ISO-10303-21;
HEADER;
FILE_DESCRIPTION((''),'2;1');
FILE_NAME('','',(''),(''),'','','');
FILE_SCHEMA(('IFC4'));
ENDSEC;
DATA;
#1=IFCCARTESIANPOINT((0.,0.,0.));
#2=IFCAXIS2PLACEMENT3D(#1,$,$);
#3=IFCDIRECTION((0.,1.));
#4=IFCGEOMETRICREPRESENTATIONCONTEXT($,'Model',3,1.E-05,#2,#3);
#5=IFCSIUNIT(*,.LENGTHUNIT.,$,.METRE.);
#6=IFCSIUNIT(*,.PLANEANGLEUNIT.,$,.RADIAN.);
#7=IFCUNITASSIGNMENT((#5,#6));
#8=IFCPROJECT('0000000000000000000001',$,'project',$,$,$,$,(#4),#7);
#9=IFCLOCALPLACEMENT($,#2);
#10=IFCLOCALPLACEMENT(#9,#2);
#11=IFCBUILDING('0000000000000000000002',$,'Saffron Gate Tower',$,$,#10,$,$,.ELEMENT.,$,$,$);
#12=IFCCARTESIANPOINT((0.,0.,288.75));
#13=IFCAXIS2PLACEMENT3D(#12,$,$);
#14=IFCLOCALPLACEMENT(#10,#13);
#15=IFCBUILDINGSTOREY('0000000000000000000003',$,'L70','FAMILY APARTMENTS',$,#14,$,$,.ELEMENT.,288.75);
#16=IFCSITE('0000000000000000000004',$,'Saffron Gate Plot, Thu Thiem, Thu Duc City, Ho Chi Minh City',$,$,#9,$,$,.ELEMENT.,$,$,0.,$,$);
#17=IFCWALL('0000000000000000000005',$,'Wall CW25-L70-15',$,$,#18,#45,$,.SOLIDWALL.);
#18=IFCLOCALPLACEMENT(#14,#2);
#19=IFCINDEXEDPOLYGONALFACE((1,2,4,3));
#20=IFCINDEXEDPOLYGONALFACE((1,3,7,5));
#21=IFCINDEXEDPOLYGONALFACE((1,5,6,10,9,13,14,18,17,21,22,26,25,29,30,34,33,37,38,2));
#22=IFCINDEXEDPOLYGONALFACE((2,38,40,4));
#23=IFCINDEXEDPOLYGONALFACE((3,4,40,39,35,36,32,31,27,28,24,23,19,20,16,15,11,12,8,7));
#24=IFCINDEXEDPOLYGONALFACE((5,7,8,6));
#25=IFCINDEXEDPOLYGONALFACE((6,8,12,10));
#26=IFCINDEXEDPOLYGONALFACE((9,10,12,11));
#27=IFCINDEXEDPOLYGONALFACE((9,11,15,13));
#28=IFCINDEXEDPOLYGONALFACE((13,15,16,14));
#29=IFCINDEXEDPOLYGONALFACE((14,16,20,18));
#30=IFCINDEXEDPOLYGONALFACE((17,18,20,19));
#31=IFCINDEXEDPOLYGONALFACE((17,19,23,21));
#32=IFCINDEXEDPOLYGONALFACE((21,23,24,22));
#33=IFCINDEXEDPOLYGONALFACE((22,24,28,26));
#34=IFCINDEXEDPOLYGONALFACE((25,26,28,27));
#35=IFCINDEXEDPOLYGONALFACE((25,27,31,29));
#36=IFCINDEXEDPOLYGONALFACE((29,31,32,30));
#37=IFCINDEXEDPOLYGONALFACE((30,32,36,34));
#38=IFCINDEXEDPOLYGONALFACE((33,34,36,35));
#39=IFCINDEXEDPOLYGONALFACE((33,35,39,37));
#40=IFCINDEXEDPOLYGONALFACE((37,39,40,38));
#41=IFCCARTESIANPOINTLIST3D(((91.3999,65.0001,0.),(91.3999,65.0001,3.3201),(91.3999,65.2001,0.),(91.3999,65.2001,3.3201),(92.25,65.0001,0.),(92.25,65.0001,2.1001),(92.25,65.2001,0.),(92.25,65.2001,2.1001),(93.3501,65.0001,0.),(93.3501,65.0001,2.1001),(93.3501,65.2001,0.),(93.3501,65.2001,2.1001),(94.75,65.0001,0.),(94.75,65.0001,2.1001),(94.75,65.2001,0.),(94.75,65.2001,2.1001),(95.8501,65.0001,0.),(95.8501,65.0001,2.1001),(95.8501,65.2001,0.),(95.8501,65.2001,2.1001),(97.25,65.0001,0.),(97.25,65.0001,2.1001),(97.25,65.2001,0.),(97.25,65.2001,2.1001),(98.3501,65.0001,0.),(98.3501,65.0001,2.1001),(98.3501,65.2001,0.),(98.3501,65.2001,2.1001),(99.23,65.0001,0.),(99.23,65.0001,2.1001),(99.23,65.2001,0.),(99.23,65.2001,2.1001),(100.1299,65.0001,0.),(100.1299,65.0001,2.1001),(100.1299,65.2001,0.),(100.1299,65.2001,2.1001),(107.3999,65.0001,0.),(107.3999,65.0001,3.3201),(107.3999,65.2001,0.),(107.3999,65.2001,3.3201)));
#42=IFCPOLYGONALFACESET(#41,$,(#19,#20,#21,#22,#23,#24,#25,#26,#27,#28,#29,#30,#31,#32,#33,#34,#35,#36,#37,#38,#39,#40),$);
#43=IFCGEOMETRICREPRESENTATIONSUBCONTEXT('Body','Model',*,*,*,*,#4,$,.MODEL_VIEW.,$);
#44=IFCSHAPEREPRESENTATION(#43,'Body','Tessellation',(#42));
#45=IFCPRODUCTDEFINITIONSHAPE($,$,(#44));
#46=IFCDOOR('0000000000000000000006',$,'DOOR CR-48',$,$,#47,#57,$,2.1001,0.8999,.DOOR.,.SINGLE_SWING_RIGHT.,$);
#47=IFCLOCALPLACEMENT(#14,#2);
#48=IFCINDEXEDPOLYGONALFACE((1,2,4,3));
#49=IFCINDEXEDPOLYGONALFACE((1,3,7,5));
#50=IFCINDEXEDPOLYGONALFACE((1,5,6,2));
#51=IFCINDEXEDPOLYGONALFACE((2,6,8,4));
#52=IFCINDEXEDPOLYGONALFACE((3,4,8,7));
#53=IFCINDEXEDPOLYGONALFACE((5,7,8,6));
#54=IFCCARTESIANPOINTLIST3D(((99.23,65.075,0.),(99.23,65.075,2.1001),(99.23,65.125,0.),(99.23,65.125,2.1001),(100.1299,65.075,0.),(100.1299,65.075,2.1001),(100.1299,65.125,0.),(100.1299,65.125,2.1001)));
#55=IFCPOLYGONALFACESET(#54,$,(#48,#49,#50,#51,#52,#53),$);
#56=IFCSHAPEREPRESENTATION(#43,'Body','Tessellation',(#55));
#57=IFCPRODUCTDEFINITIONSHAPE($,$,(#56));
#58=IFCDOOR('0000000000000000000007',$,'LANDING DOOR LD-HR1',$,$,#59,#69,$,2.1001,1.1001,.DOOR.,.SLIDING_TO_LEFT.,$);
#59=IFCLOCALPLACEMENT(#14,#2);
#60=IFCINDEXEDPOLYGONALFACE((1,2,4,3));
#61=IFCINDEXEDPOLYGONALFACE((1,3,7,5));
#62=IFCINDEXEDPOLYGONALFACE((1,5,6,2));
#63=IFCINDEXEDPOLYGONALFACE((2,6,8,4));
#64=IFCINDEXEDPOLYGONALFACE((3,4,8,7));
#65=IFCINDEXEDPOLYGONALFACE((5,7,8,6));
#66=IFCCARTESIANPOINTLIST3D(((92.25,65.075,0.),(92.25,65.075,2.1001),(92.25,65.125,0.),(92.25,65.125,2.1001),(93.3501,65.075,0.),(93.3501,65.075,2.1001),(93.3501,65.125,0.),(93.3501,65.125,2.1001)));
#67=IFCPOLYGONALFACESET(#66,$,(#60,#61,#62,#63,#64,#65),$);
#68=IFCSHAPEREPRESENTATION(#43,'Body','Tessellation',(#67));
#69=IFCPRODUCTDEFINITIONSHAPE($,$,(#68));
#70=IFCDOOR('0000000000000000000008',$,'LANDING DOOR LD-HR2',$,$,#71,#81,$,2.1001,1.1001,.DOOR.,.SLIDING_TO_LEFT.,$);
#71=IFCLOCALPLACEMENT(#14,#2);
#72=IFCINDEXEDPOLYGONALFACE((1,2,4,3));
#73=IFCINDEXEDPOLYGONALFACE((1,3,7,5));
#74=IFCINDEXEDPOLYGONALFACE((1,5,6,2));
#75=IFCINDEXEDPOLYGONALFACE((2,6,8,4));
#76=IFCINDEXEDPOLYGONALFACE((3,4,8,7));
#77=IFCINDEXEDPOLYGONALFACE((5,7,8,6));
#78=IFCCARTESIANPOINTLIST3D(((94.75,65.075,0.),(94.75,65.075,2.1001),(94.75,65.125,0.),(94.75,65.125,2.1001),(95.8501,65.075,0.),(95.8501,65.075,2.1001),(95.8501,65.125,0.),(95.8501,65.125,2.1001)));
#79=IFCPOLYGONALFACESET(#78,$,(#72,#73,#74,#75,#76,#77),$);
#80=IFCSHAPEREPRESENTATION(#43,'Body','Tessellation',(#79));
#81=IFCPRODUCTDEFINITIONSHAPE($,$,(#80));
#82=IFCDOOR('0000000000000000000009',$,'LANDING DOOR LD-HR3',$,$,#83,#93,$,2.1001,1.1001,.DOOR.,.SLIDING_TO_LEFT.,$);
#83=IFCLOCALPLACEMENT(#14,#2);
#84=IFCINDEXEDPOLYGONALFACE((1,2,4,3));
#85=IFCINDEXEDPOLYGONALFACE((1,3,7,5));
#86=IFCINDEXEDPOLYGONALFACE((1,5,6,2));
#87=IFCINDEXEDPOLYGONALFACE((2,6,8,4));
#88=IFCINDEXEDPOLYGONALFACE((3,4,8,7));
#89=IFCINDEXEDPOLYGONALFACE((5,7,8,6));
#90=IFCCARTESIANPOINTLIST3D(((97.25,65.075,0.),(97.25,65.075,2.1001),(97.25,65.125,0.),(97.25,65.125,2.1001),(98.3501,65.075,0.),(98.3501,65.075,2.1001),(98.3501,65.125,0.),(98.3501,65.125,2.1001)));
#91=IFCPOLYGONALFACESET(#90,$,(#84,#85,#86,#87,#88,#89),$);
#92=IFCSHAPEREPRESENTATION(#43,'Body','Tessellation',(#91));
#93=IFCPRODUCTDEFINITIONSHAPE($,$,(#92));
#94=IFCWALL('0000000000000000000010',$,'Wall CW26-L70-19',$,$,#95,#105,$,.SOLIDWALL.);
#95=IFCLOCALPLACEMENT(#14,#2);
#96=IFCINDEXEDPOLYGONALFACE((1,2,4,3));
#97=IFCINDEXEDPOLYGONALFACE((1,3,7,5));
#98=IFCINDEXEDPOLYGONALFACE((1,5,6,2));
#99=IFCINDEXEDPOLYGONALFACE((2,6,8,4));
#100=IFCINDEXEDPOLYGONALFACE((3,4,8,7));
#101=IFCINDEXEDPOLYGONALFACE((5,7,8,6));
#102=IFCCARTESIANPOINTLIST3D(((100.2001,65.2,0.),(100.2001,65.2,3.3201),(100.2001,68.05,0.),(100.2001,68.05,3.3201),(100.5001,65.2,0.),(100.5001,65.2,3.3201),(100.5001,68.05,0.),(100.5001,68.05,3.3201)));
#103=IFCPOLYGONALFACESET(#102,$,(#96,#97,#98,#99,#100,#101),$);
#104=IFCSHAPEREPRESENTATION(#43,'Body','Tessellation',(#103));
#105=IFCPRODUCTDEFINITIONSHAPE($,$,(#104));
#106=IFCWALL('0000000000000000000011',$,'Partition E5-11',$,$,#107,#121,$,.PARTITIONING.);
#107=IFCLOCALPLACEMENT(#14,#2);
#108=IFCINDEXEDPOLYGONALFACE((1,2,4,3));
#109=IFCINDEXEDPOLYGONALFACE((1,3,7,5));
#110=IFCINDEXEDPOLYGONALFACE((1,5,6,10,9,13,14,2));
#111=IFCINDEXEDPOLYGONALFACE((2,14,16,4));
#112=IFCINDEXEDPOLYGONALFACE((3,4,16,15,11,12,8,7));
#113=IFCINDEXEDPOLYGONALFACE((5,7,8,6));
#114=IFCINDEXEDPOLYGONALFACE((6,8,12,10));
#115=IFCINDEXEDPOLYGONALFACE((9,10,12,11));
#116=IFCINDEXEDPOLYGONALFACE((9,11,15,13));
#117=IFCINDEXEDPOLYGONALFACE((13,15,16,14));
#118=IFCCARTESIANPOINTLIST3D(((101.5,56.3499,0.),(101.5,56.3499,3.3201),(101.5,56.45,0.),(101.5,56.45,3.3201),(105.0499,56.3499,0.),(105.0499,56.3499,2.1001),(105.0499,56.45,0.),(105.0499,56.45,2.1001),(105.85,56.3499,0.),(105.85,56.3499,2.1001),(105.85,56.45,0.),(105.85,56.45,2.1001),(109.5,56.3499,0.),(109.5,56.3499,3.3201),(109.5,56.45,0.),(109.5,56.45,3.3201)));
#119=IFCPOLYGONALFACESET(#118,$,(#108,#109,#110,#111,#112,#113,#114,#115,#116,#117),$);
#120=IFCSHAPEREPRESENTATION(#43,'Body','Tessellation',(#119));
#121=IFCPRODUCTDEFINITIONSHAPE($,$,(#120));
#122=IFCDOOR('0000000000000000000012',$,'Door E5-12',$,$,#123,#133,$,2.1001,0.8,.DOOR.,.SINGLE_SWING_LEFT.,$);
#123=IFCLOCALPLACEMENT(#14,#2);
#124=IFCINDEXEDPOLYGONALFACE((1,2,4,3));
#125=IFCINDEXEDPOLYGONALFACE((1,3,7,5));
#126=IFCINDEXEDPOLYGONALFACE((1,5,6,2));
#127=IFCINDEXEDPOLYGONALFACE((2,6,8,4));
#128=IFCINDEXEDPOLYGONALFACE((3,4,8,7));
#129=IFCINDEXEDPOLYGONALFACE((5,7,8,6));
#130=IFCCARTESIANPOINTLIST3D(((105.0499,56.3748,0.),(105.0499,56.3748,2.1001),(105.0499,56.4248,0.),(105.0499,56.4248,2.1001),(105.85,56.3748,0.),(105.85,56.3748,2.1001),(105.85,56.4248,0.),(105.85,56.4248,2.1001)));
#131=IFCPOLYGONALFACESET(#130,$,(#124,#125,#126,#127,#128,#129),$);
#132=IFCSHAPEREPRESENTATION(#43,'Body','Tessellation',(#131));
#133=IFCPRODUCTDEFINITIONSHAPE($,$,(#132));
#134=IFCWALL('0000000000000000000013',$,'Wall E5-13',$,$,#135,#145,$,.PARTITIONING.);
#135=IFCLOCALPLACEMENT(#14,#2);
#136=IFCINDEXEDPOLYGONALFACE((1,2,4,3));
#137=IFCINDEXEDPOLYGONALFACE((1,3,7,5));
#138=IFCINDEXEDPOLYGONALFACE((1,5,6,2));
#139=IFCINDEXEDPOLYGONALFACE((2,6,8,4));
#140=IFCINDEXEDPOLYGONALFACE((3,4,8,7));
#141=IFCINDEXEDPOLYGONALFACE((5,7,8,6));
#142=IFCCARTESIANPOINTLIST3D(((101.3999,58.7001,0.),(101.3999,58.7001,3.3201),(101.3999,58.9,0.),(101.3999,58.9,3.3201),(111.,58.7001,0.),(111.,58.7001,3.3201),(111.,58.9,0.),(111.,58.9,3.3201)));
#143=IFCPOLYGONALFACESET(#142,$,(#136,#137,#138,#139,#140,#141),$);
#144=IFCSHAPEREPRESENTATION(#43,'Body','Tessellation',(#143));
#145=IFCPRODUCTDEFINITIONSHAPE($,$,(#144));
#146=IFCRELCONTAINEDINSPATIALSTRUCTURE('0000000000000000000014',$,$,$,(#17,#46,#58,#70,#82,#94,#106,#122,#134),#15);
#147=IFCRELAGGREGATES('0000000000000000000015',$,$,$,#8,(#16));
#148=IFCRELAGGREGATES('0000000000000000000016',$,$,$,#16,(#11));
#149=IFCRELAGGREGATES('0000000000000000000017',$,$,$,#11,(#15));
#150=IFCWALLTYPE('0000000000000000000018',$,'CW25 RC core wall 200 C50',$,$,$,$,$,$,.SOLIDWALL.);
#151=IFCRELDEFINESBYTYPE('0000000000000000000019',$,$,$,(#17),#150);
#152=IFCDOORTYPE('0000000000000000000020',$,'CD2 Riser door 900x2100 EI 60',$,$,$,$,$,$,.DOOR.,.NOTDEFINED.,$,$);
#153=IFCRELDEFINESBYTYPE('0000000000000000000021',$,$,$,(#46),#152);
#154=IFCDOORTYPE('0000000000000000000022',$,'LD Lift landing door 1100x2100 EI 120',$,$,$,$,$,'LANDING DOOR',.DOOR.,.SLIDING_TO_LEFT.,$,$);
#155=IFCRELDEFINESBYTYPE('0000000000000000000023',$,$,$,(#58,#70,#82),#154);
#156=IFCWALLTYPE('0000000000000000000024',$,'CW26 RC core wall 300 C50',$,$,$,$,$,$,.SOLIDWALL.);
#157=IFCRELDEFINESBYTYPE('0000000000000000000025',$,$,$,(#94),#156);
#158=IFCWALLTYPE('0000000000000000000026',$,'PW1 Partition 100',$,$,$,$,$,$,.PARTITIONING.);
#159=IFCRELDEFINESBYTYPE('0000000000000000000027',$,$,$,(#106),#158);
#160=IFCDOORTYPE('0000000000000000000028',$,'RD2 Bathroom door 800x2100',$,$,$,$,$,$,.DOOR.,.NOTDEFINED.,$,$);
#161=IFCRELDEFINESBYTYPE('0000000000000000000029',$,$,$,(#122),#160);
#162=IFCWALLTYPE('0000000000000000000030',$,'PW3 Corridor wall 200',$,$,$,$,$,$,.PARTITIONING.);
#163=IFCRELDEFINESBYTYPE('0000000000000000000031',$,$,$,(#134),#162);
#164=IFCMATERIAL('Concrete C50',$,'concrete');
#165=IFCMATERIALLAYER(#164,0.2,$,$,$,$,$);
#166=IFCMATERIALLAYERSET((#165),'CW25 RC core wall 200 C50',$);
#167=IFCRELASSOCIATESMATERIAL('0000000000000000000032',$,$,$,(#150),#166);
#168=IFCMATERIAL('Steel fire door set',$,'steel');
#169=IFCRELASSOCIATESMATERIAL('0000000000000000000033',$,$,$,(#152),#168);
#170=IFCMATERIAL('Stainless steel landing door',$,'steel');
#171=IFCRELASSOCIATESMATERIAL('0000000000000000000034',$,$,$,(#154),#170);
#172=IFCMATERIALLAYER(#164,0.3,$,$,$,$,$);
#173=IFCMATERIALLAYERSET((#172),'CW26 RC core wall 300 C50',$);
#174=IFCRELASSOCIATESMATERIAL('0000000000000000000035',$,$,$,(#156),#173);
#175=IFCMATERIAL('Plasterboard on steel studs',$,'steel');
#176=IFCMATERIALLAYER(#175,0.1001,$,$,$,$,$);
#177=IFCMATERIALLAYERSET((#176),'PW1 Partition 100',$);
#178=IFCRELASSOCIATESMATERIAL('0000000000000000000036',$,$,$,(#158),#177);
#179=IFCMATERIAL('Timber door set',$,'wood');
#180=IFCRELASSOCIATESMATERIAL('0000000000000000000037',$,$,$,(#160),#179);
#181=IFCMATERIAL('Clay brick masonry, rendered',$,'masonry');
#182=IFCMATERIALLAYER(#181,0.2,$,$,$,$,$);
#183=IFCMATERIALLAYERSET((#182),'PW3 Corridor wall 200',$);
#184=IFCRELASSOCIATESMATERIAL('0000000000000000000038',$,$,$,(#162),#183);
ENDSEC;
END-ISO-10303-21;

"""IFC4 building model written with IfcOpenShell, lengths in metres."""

from ifc_helpers import new_model, si_unit, direction, frame, frame_2d, origin, place, context, subcontext, project, spatial, rectangle, extrude, material, layer, layer_set, type_object, element, fill, save


model = new_model("IFC4")

# Units and contexts
model_context = context("Model", 3, precision=1e-05, world=origin(), true_north=direction((0.0, 1.0)))
body_context = subcontext(model_context, "Body", "Model", "MODEL_VIEW")
ifc_project = project(units=[si_unit("LENGTHUNIT", "METRE"), si_unit("PLANEANGLEUNIT", "RADIAN")], contexts=[model_context])

# Site, building, storey
site_placement = place(None, origin())
site = spatial("IfcSite", under=ifc_project, at=site_placement, Name="Saffron Gate Plot, Thu Thiem, Thu Duc City, Ho Chi Minh City", CompositionType="ELEMENT", RefElevation=0.0)
building_placement = place(site_placement, origin())
building = spatial("IfcBuilding", under=site, at=building_placement, Name="Saffron Gate Tower", CompositionType="ELEMENT")
storey_placement = place(building_placement, frame((0.0, 0.0, 288.75)))
storey = spatial("IfcBuildingStorey", under=building, at=storey_placement, Name="L70", Description="FAMILY APARTMENTS", CompositionType="ELEMENT", Elevation=288.75)

# Shared definitions
ifc_material_1 = material(Name="Concrete C50", Category="concrete")

# Shared definitions
ifc_material_2 = material(Name="Steel fire door set", Category="steel")

# Shared definitions
ifc_layer_1 = layer(ifc_material_1, 0.2)
ifc_layer_set_1 = layer_set([ifc_layer_1], Name="CW25 RC core wall 200 C50")
wall_type_1 = type_object("IfcWallType", Name="CW25 RC core wall 200 C50", PredefinedType="SOLIDWALL", material=ifc_layer_set_1)

# Wall, openings, doors
wall_1_placement = place(storey_placement, frame((91.3999, 65.1001, 0.0), z_axis=(0.0, 0.0, 1.0), x_axis=(1.0, 0.0, 0.0)))
wall_1 = element("IfcWall", 1, at=wall_1_placement, inside=storey, type_object=wall_type_1, Name="Wall CW25-L70-15", PredefinedType="SOLIDWALL", context=body_context, shape_type="SweptSolid", body=[
    extrude(rectangle(XDim=16.0, YDim=0.2, at=frame_2d((8.0, 0.0))), origin(), (0.0, 0.0, 1.0), 3.3201),
])
opening_1_placement = place(wall_1_placement, frame((0.8501, 0.0, 0.0)))
opening_1 = element("IfcOpeningElement", 2, at=opening_1_placement, cuts=wall_1, PredefinedType="OPENING", context=body_context, shape_type="SweptSolid", body=[
    extrude(rectangle(XDim=1.1001, YDim=2.1001, at=frame_2d((0.55, 1.05))), frame((0.0, 0.1099, 0.0), z_axis=(0.0, -1.0, 0.0), x_axis=(1.0, 0.0, 0.0)), (0.0, 0.0, 1.0), 0.22),
])
opening_2_placement = place(wall_1_placement, frame((3.3501, 0.0, 0.0)))
opening_2 = element("IfcOpeningElement", 3, at=opening_2_placement, cuts=wall_1, PredefinedType="OPENING", context=body_context, shape_type="SweptSolid", body=[
    extrude(rectangle(XDim=1.1001, YDim=2.1001, at=frame_2d((0.55, 1.05))), frame((0.0, 0.1099, 0.0), z_axis=(0.0, -1.0, 0.0), x_axis=(1.0, 0.0, 0.0)), (0.0, 0.0, 1.0), 0.22),
])
opening_3_placement = place(wall_1_placement, frame((5.8501, 0.0, 0.0)))
opening_3 = element("IfcOpeningElement", 4, at=opening_3_placement, cuts=wall_1, PredefinedType="OPENING", context=body_context, shape_type="SweptSolid", body=[
    extrude(rectangle(XDim=1.1001, YDim=2.1001, at=frame_2d((0.55, 1.05))), frame((0.0, 0.1099, 0.0), z_axis=(0.0, -1.0, 0.0), x_axis=(1.0, 0.0, 0.0)), (0.0, 0.0, 1.0), 0.22),
])
opening_4_placement = place(wall_1_placement, frame((7.8301, 0.0, 0.0)))
opening_4 = element("IfcOpeningElement", 5, at=opening_4_placement, cuts=wall_1, PredefinedType="OPENING", context=body_context, shape_type="SweptSolid", body=[
    extrude(rectangle(XDim=0.8999, YDim=2.1001, at=frame_2d((0.45, 1.05))), frame((0.0, 0.1099, 0.0), z_axis=(0.0, -1.0, 0.0), x_axis=(1.0, 0.0, 0.0)), (0.0, 0.0, 1.0), 0.22),
])
door_type_1 = type_object("IfcDoorType", Name="CD2 Riser door 900x2100 EI 60", OperationType="NOTDEFINED", PredefinedType="DOOR", material=ifc_material_2)
door_1_placement = place(opening_4_placement, origin())
door_1 = element("IfcDoor", 6, at=door_1_placement, inside=storey, type_object=door_type_1, Name="DOOR CR-48", OperationType="SINGLE_SWING_RIGHT", OverallHeight=2.1001, OverallWidth=0.8999, PredefinedType="DOOR", context=body_context, shape_type="SweptSolid", body=[
    extrude(rectangle(XDim=0.8999, YDim=2.1001, at=frame_2d((0.45, 1.05))), frame((0.0, 0.0249, 0.0), z_axis=(0.0, -1.0, 0.0), x_axis=(1.0, 0.0, 0.0)), (0.0, 0.0, 1.0), 0.05),
])
fill(opening_4, door_1)
ifc_material_3 = material(Name="Stainless steel landing door", Category="steel")
door_type_2 = type_object("IfcDoorType", Name="LD Lift landing door 1100x2100 EI 120", ElementType="LANDING DOOR", OperationType="SLIDING_TO_LEFT", PredefinedType="DOOR", material=ifc_material_3)
door_2_placement = place(opening_1_placement, origin())
door_2 = element("IfcDoor", 7, at=door_2_placement, inside=storey, type_object=door_type_2, Name="LANDING DOOR LD-HR1", OperationType="SLIDING_TO_LEFT", OverallHeight=2.1001, OverallWidth=1.1001, PredefinedType="DOOR", context=body_context, shape_type="SweptSolid", body=[
    extrude(rectangle(XDim=1.1001, YDim=2.1001, at=frame_2d((0.55, 1.05))), frame((0.0, 0.0249, 0.0), z_axis=(0.0, -1.0, 0.0), x_axis=(1.0, 0.0, 0.0)), (0.0, 0.0, 1.0), 0.05),
])
fill(opening_1, door_2)
door_3_placement = place(opening_2_placement, origin())
door_3 = element("IfcDoor", 8, at=door_3_placement, inside=storey, type_object=door_type_2, Name="LANDING DOOR LD-HR2", OperationType="SLIDING_TO_LEFT", OverallHeight=2.1001, OverallWidth=1.1001, PredefinedType="DOOR", context=body_context, shape_type="SweptSolid", body=[
    extrude(rectangle(XDim=1.1001, YDim=2.1001, at=frame_2d((0.55, 1.05))), frame((0.0, 0.0249, 0.0), z_axis=(0.0, -1.0, 0.0), x_axis=(1.0, 0.0, 0.0)), (0.0, 0.0, 1.0), 0.05),
])
fill(opening_2, door_3)
door_4_placement = place(opening_3_placement, origin())
door_4 = element("IfcDoor", 9, at=door_4_placement, inside=storey, type_object=door_type_2, Name="LANDING DOOR LD-HR3", OperationType="SLIDING_TO_LEFT", OverallHeight=2.1001, OverallWidth=1.1001, PredefinedType="DOOR", context=body_context, shape_type="SweptSolid", body=[
    extrude(rectangle(XDim=1.1001, YDim=2.1001, at=frame_2d((0.55, 1.05))), frame((0.0, 0.0249, 0.0), z_axis=(0.0, -1.0, 0.0), x_axis=(1.0, 0.0, 0.0)), (0.0, 0.0, 1.0), 0.05),
])
fill(opening_3, door_4)

# Wall
ifc_layer_2 = layer(ifc_material_1, 0.3)
ifc_layer_set_2 = layer_set([ifc_layer_2], Name="CW26 RC core wall 300 C50")
wall_type_2 = type_object("IfcWallType", Name="CW26 RC core wall 300 C50", PredefinedType="SOLIDWALL", material=ifc_layer_set_2)
wall_2_placement = place(storey_placement, frame((100.3501, 65.2, 0.0), z_axis=(0.0, 0.0, 1.0), x_axis=(0.0, 1.0, 0.0)))
element("IfcWall", 10, at=wall_2_placement, inside=storey, type_object=wall_type_2, Name="Wall CW26-L70-19", PredefinedType="SOLIDWALL", context=body_context, shape_type="SweptSolid", body=[
    extrude(rectangle(XDim=2.8501, YDim=0.3, at=frame_2d((1.425, 0.0))), origin(), (0.0, 0.0, 1.0), 3.3201),
])

# Wall, opening, door
ifc_material_4 = material(Name="Plasterboard on steel studs", Category="steel")
ifc_layer_3 = layer(ifc_material_4, 0.1001)
ifc_layer_set_3 = layer_set([ifc_layer_3], Name="PW1 Partition 100")
wall_type_3 = type_object("IfcWallType", Name="PW1 Partition 100", PredefinedType="PARTITIONING", material=ifc_layer_set_3)
wall_3_placement = place(storey_placement, frame((101.5, 56.3999, 0.0), z_axis=(0.0, 0.0, 1.0), x_axis=(1.0, 0.0, 0.0)))
wall_3 = element("IfcWall", 11, at=wall_3_placement, inside=storey, type_object=wall_type_3, Name="Partition E5-11", PredefinedType="PARTITIONING", context=body_context, shape_type="SweptSolid", body=[
    extrude(rectangle(XDim=8.0, YDim=0.1001, at=frame_2d((4.0, 0.0))), origin(), (0.0, 0.0, 1.0), 3.3201),
])
opening_5_placement = place(wall_3_placement, frame((3.55, 0.0, 0.0)))
opening_5 = element("IfcOpeningElement", 12, at=opening_5_placement, cuts=wall_3, PredefinedType="OPENING", context=body_context, shape_type="SweptSolid", body=[
    extrude(rectangle(XDim=0.8, YDim=2.1001, at=frame_2d((0.3999, 1.05))), frame((0.0, 0.0601, 0.0), z_axis=(0.0, -1.0, 0.0), x_axis=(1.0, 0.0, 0.0)), (0.0, 0.0, 1.0), 0.1201),
])
ifc_material_5 = material(Name="Timber door set", Category="wood")
door_type_3 = type_object("IfcDoorType", Name="RD2 Bathroom door 800x2100", OperationType="NOTDEFINED", PredefinedType="DOOR", material=ifc_material_5)
door_5_placement = place(opening_5_placement, origin())
door_5 = element("IfcDoor", 13, at=door_5_placement, inside=storey, type_object=door_type_3, Name="Door E5-12", OperationType="SINGLE_SWING_LEFT", OverallHeight=2.1001, OverallWidth=0.8, PredefinedType="DOOR", context=body_context, shape_type="SweptSolid", body=[
    extrude(rectangle(XDim=0.8, YDim=2.1001, at=frame_2d((0.3999, 1.05))), frame((0.0, 0.0249, 0.0), z_axis=(0.0, -1.0, 0.0), x_axis=(1.0, 0.0, 0.0)), (0.0, 0.0, 1.0), 0.05),
])
fill(opening_5, door_5)

# Wall
ifc_material_6 = material(Name="Clay brick masonry, rendered", Category="masonry")
ifc_layer_4 = layer(ifc_material_6, 0.2)
ifc_layer_set_4 = layer_set([ifc_layer_4], Name="PW3 Corridor wall 200")
wall_type_4 = type_object("IfcWallType", Name="PW3 Corridor wall 200", PredefinedType="PARTITIONING", material=ifc_layer_set_4)
wall_4_placement = place(storey_placement, frame((101.3999, 58.8, 0.0), z_axis=(0.0, 0.0, 1.0), x_axis=(1.0, 0.0, 0.0)))
element("IfcWall", 14, at=wall_4_placement, inside=storey, type_object=wall_type_4, Name="Wall E5-13", PredefinedType="PARTITIONING", context=body_context, shape_type="SweptSolid", body=[
    extrude(rectangle(XDim=9.6001, YDim=0.2, at=frame_2d((4.8, 0.0))), origin(), (0.0, 0.0, 1.0), 3.3201),
])

save(model, "model.ifc")
